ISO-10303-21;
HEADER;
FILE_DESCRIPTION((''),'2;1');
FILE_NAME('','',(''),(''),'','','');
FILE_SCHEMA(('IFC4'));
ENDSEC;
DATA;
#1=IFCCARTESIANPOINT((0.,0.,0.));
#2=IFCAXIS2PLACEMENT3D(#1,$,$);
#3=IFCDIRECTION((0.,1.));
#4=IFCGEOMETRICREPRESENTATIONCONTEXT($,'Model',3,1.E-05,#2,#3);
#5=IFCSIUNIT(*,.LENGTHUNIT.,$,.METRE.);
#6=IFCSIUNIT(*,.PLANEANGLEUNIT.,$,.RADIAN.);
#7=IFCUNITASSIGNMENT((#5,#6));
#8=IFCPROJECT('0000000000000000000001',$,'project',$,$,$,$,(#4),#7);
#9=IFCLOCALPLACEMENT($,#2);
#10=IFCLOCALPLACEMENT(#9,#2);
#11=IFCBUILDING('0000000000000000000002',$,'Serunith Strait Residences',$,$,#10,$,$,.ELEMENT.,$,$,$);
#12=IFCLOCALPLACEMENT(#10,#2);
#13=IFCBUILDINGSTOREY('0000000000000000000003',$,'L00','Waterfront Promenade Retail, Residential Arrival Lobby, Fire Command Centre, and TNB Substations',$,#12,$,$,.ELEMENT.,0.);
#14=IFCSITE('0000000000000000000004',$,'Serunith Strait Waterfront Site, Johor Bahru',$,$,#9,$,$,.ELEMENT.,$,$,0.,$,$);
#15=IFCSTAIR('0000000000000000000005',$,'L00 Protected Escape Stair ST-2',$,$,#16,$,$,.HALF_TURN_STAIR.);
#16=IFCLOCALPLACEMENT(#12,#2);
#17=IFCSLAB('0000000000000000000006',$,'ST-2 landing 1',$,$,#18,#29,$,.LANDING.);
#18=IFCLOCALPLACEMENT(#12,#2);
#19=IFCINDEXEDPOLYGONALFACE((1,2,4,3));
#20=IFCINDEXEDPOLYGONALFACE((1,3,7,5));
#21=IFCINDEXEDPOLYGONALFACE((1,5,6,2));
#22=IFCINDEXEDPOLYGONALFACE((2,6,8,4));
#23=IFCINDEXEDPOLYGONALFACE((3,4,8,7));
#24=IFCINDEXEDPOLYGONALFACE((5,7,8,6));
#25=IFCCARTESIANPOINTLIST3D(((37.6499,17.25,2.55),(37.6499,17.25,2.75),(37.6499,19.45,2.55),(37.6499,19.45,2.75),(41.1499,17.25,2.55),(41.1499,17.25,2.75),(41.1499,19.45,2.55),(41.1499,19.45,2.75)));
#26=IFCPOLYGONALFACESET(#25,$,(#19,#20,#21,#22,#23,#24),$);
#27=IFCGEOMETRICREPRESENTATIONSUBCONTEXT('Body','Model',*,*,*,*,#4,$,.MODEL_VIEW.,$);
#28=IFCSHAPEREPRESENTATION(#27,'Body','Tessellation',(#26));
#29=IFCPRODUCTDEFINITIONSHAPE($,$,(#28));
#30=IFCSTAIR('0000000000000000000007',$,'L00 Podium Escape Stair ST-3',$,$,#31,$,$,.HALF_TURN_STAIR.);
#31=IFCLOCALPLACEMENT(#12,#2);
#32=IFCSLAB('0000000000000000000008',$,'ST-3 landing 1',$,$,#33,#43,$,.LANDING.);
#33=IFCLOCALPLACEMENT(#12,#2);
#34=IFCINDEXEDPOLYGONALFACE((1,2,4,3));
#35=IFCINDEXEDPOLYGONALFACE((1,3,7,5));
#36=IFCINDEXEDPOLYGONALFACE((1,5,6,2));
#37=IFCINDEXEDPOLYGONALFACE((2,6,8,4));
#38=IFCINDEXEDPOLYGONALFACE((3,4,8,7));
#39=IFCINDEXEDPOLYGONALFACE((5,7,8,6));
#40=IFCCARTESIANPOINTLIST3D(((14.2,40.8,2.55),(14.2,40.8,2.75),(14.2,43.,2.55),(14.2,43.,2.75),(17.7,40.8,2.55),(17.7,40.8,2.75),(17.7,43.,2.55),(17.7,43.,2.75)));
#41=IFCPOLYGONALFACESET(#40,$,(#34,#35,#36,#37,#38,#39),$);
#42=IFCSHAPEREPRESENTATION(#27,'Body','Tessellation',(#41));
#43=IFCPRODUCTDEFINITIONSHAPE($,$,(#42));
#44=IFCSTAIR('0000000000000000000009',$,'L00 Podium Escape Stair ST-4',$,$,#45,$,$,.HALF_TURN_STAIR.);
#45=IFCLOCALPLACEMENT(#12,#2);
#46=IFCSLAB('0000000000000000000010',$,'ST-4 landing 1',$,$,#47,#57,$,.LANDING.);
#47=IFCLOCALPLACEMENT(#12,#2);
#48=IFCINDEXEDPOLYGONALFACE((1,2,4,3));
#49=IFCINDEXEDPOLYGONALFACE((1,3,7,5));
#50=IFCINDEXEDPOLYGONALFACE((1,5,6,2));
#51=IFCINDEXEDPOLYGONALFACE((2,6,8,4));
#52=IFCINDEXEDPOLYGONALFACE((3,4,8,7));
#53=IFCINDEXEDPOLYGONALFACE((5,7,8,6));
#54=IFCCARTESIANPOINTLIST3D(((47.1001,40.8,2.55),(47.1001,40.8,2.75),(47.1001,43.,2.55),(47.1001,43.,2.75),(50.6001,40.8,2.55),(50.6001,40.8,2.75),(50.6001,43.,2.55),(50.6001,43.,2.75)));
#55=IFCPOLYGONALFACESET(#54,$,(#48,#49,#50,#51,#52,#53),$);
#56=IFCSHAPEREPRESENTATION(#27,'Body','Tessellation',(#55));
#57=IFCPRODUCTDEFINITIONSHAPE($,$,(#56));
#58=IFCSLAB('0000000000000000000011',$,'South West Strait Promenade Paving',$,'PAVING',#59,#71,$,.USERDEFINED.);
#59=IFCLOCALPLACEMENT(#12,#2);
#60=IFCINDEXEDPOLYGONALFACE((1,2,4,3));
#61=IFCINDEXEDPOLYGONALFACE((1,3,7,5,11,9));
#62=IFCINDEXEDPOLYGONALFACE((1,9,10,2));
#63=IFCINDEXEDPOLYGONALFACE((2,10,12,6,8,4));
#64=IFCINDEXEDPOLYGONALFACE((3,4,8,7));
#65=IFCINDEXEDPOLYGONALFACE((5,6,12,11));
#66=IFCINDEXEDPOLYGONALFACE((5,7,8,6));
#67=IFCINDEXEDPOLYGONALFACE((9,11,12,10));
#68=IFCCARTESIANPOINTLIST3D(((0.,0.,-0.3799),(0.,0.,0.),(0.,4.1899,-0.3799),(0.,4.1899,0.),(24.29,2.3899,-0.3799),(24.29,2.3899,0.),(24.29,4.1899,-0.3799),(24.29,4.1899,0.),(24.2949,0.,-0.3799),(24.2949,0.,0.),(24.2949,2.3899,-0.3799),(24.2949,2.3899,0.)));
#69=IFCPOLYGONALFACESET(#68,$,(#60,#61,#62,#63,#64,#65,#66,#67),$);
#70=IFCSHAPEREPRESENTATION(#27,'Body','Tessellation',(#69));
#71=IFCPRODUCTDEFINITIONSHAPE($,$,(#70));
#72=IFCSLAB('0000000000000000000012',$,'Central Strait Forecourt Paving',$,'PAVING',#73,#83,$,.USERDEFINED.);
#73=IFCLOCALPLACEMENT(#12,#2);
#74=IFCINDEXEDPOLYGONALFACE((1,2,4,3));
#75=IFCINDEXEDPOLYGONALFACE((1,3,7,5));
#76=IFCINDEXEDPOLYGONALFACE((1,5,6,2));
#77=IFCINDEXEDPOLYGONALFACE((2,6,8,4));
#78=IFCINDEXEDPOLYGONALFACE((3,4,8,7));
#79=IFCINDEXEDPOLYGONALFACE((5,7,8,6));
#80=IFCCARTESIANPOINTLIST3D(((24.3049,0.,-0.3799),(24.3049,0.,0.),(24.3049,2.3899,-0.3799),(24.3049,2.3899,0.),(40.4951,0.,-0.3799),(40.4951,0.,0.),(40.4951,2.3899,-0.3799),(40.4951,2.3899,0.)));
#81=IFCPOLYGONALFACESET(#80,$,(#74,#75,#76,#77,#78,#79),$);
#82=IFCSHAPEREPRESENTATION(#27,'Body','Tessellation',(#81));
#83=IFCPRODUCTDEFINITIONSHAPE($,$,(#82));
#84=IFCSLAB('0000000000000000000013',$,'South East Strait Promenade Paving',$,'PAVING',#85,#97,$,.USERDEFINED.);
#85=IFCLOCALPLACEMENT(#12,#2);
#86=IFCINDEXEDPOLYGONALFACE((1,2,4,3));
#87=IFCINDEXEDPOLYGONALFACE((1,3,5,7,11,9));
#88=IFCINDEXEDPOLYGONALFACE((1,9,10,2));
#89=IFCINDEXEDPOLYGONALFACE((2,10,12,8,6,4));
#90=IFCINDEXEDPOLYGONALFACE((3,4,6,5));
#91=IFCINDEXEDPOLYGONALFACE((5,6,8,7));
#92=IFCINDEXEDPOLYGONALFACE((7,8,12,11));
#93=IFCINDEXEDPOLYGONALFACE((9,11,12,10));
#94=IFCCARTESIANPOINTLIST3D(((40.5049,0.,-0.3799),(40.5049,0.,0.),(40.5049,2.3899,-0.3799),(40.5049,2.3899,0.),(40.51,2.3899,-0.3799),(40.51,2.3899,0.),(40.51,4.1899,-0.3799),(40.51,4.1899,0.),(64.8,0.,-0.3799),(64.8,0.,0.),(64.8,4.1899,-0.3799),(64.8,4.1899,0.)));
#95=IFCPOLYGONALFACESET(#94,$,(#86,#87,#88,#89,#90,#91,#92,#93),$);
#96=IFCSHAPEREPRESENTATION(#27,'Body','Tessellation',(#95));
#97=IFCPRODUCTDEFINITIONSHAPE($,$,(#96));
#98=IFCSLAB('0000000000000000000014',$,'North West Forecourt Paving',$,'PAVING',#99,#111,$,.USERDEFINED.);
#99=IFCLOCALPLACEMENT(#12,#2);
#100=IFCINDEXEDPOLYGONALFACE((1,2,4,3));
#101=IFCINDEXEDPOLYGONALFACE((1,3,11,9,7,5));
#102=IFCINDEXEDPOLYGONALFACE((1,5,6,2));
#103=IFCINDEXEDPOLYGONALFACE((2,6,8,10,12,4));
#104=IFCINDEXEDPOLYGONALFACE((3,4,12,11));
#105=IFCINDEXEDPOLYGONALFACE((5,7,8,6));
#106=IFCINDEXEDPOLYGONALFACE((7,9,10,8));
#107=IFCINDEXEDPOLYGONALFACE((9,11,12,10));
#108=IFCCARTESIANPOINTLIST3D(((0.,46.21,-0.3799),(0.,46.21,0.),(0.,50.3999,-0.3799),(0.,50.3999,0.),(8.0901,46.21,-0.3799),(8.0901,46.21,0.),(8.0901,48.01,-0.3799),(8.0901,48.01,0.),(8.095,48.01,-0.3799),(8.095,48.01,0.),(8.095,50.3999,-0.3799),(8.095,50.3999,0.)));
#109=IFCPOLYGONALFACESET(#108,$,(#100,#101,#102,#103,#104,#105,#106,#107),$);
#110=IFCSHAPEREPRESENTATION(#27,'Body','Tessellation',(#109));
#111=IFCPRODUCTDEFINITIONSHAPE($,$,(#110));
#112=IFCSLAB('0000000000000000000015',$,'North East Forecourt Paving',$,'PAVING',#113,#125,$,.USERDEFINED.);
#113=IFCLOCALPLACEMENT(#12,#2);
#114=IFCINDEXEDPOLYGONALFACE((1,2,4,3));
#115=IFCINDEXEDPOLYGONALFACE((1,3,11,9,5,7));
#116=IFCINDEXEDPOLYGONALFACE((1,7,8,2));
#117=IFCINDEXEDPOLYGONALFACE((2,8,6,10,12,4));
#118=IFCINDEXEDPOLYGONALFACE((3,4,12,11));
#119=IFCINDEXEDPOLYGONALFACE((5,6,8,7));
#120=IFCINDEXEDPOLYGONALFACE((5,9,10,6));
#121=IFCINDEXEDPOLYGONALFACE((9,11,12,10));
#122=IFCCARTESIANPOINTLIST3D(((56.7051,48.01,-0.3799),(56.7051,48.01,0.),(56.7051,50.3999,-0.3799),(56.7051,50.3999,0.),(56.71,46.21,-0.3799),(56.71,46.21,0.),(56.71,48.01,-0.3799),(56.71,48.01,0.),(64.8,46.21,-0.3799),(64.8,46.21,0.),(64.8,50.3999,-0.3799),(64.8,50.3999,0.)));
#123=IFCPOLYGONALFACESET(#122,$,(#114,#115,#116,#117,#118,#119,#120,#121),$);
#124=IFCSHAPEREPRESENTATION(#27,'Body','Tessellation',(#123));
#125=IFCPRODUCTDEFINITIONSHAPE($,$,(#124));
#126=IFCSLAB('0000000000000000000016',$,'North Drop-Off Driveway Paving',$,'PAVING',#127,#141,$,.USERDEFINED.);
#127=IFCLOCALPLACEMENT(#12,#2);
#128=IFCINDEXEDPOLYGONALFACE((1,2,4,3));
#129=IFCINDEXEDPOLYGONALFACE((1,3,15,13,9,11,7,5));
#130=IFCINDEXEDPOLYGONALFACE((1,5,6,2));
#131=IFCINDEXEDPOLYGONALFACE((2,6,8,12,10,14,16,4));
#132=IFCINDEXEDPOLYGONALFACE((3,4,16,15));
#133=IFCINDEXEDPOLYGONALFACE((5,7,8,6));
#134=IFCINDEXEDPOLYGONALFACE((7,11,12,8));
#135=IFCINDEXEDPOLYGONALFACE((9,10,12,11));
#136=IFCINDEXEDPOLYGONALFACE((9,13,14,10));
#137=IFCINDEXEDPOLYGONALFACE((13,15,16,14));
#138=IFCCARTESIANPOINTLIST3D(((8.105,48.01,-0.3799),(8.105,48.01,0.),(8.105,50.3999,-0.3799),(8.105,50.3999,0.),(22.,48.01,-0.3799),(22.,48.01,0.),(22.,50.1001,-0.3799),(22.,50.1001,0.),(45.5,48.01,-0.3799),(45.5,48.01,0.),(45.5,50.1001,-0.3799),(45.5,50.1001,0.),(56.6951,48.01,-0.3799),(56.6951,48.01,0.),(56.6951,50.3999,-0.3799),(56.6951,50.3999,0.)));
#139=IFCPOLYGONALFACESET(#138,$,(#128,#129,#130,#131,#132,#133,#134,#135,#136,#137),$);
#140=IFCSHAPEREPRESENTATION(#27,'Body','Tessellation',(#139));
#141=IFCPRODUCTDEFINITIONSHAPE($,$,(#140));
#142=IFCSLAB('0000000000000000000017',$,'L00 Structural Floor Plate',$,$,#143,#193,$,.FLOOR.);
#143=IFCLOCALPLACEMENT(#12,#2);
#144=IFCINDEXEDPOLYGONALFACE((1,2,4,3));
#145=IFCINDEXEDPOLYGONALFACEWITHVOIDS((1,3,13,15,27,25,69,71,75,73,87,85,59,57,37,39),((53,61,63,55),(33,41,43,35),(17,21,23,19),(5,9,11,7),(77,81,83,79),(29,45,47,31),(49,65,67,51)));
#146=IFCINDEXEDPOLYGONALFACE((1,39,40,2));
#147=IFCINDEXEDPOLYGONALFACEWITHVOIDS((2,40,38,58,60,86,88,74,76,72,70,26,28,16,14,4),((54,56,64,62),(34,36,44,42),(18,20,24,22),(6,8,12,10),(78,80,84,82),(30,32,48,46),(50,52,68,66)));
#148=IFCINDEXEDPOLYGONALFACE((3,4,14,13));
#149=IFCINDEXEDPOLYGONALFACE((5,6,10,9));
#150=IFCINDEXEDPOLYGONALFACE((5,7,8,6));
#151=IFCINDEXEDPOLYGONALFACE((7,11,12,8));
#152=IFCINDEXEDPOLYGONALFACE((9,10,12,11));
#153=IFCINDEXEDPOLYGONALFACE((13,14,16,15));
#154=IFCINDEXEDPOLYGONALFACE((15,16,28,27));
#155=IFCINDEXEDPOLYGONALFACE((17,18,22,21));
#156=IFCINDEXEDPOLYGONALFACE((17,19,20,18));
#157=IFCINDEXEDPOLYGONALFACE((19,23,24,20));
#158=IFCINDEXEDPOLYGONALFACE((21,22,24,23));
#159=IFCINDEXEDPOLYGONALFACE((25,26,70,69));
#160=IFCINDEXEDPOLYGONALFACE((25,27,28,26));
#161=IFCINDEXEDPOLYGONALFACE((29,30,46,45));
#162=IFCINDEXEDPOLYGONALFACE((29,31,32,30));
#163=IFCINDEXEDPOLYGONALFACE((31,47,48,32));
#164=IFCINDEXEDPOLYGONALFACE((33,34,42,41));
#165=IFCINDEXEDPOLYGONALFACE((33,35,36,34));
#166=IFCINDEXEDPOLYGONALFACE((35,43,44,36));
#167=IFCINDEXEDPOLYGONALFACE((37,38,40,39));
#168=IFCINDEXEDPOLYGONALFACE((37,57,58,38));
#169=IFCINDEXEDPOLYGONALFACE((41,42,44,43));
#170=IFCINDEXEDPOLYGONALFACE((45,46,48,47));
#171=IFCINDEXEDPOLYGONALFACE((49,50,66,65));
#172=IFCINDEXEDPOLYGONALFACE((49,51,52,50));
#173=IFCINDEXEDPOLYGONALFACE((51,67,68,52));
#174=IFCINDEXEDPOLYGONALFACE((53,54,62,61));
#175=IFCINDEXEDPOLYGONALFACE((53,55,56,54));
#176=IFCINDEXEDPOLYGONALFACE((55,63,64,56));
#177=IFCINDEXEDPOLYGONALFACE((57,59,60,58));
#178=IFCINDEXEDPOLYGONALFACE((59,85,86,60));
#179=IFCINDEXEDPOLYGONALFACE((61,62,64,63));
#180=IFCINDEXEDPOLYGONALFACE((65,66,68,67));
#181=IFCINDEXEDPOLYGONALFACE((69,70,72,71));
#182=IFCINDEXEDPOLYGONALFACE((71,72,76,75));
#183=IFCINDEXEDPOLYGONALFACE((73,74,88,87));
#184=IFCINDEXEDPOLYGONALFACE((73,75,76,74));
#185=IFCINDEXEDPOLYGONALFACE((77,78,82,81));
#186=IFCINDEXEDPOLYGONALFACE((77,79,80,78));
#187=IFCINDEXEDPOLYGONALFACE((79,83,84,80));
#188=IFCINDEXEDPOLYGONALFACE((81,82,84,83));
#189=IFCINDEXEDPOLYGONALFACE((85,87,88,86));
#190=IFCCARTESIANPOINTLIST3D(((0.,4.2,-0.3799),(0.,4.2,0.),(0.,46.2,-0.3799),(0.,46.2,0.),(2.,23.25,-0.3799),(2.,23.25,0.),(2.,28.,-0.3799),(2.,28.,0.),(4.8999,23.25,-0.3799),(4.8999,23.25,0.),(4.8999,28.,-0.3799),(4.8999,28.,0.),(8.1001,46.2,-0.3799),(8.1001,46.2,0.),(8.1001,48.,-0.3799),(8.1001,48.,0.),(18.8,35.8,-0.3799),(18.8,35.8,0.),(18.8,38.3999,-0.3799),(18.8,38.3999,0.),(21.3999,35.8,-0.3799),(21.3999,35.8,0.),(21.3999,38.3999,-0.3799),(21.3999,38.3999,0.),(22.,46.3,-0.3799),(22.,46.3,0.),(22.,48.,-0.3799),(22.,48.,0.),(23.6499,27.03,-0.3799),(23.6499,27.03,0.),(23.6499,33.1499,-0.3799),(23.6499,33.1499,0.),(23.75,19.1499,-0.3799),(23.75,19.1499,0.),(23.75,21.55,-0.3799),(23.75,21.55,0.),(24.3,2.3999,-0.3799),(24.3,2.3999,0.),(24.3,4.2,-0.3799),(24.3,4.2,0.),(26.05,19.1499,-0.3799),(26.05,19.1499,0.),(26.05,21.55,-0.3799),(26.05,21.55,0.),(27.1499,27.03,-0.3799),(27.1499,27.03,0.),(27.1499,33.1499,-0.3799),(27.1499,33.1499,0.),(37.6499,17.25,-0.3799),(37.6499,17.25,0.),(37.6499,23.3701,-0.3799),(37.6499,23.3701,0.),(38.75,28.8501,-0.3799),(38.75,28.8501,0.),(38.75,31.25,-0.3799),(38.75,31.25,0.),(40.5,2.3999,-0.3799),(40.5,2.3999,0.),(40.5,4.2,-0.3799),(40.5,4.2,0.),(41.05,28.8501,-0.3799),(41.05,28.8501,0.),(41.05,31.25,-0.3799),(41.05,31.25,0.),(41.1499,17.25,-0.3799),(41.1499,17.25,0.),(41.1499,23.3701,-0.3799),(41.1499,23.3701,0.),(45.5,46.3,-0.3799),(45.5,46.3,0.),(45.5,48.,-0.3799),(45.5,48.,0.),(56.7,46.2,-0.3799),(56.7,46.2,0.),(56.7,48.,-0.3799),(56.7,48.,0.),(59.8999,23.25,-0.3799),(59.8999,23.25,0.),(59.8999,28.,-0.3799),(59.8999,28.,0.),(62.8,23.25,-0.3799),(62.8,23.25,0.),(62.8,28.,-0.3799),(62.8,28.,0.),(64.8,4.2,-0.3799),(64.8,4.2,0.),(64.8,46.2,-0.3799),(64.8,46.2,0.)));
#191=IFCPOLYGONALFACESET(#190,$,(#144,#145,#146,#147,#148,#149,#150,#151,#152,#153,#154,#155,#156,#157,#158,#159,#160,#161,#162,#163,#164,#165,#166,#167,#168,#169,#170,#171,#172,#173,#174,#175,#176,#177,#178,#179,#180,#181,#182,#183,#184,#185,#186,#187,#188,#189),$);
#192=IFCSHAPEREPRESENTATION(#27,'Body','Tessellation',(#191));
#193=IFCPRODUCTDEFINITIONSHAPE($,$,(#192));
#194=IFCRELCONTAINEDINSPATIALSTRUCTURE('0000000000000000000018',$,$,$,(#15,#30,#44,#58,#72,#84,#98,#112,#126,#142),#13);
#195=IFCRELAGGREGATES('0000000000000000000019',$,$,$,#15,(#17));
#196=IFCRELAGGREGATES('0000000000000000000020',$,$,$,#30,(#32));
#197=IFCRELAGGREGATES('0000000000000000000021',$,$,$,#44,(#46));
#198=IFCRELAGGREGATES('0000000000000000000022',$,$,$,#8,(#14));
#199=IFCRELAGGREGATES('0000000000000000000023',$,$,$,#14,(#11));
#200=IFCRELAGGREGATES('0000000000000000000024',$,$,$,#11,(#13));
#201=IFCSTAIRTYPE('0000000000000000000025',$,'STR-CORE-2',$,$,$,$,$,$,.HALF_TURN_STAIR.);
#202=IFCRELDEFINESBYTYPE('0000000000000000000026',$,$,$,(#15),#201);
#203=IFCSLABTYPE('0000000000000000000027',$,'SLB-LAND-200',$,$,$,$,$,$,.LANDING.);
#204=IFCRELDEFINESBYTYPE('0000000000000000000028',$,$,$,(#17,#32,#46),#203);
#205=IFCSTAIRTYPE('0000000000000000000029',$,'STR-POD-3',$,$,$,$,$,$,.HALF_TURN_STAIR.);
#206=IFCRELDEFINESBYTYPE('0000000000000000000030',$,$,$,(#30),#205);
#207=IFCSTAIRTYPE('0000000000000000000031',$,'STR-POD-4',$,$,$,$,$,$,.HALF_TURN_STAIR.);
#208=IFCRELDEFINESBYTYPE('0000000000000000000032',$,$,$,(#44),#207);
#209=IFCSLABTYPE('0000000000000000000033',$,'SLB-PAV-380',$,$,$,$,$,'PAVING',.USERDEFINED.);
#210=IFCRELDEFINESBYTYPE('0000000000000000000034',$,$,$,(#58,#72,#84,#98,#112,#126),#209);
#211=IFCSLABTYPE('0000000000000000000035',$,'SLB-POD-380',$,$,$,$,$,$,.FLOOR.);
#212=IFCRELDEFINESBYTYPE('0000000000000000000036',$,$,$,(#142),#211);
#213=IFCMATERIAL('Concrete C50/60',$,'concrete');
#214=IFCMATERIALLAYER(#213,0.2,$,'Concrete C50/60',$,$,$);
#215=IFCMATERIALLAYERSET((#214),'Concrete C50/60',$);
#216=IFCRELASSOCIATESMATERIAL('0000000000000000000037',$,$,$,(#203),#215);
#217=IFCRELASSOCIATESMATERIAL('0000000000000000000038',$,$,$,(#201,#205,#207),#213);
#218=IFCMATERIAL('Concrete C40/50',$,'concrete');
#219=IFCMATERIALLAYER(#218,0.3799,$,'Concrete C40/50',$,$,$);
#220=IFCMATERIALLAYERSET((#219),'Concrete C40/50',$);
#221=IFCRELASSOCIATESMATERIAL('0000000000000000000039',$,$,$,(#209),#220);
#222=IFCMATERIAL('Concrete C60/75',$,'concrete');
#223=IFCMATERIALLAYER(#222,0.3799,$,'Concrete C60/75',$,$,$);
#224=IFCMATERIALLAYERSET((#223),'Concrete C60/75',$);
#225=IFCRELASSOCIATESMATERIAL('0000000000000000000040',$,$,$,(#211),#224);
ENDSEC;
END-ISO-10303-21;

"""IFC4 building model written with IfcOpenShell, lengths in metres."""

from ifc_helpers import new_model, si_unit, direction, frame, origin, place, context, subcontext, project, spatial, polyline, outline, extrude, material, layer, layer_set, type_object, element, aggregate, save


model = new_model("IFC4")

# Units and contexts
model_context = context("Model", 3, precision=1e-05, world=origin(), true_north=direction((0.0, 1.0)))
body_context = subcontext(model_context, "Body", "Model", "MODEL_VIEW")
ifc_project = project(units=[si_unit("LENGTHUNIT", "METRE"), si_unit("PLANEANGLEUNIT", "RADIAN")], contexts=[model_context])

# Site, building, storey
site_placement = place(None, origin())
site = spatial("IfcSite", under=ifc_project, at=site_placement, Name="Serunith Strait Waterfront Site, Johor Bahru", CompositionType="ELEMENT", RefElevation=0.0)
building_placement = place(site_placement, origin())
building = spatial("IfcBuilding", under=site, at=building_placement, Name="Serunith Strait Residences", CompositionType="ELEMENT")
storey_placement = place(building_placement, origin())
storey = spatial("IfcBuildingStorey", under=building, at=storey_placement, Name="L00", Description="Waterfront Promenade Retail, Residential Arrival Lobby, Fire Command Centre, and TNB Substations", CompositionType="ELEMENT", Elevation=0.0)

# Stairs, slabs
ifc_material_1 = material(Name="Concrete C50/60", Category="concrete")
ifc_layer_1 = layer(ifc_material_1, 0.2, Name="Concrete C50/60")
ifc_layer_set_1 = layer_set([ifc_layer_1], Name="Concrete C50/60")
slab_type_1 = type_object("IfcSlabType", Name="SLB-LAND-200", PredefinedType="LANDING", material=ifc_layer_set_1)
stair_type_1 = type_object("IfcStairType", Name="STR-CORE-2", PredefinedType="HALF_TURN_STAIR", material=ifc_material_1)
stair_1_placement = place(storey_placement, origin())
stair_1 = element("IfcStair", 1, at=stair_1_placement, inside=storey, type_object=stair_type_1, Name="L00 Protected Escape Stair ST-2", PredefinedType="HALF_TURN_STAIR")
slab_1_placement = place(storey_placement, frame((0.0, 0.0, 2.55)))
slab_1 = element("IfcSlab", 2, at=slab_1_placement, type_object=slab_type_1, Name="ST-2 landing 1", PredefinedType="LANDING", context=body_context, shape_type="SweptSolid", body=[
    extrude(outline(polyline([(37.6499, 19.45), (37.6499, 17.25), (41.1499, 17.25), (41.1499, 19.45), (37.6499, 19.45)])), origin(), (0.0, 0.0, 1.0), 0.2),
])
aggregate(stair_1, [slab_1])
stair_type_2 = type_object("IfcStairType", Name="STR-POD-3", PredefinedType="HALF_TURN_STAIR", material=ifc_material_1)
stair_2_placement = place(storey_placement, origin())
stair_2 = element("IfcStair", 3, at=stair_2_placement, inside=storey, type_object=stair_type_2, Name="L00 Podium Escape Stair ST-3", PredefinedType="HALF_TURN_STAIR")
slab_2_placement = place(storey_placement, frame((0.0, 0.0, 2.55)))
slab_2 = element("IfcSlab", 4, at=slab_2_placement, type_object=slab_type_1, Name="ST-3 landing 1", PredefinedType="LANDING", context=body_context, shape_type="SweptSolid", body=[
    extrude(outline(polyline([(17.7, 40.8), (17.7, 43.0), (14.2, 43.0), (14.2, 40.8), (17.7, 40.8)])), origin(), (0.0, 0.0, 1.0), 0.2),
])
aggregate(stair_2, [slab_2])
stair_type_3 = type_object("IfcStairType", Name="STR-POD-4", PredefinedType="HALF_TURN_STAIR", material=ifc_material_1)
stair_3_placement = place(storey_placement, origin())
stair_3 = element("IfcStair", 5, at=stair_3_placement, inside=storey, type_object=stair_type_3, Name="L00 Podium Escape Stair ST-4", PredefinedType="HALF_TURN_STAIR")
slab_3_placement = place(storey_placement, frame((0.0, 0.0, 2.55)))
slab_3 = element("IfcSlab", 6, at=slab_3_placement, type_object=slab_type_1, Name="ST-4 landing 1", PredefinedType="LANDING", context=body_context, shape_type="SweptSolid", body=[
    extrude(outline(polyline([(50.6001, 40.8), (50.6001, 43.0), (47.1001, 43.0), (47.1001, 40.8), (50.6001, 40.8)])), origin(), (0.0, 0.0, 1.0), 0.2),
])
aggregate(stair_3, [slab_3])

# Slabs
ifc_material_2 = material(Name="Concrete C40/50", Category="concrete")
ifc_layer_2 = layer(ifc_material_2, 0.3799, Name="Concrete C40/50")
ifc_layer_set_2 = layer_set([ifc_layer_2], Name="Concrete C40/50")
slab_type_2 = type_object("IfcSlabType", Name="SLB-PAV-380", ElementType="PAVING", PredefinedType="USERDEFINED", material=ifc_layer_set_2)
slab_4_placement = place(storey_placement, frame((0.0, 0.0, -0.3799)))
element("IfcSlab", 7, at=slab_4_placement, inside=storey, type_object=slab_type_2, Name="South West Strait Promenade Paving", ObjectType="PAVING", PredefinedType="USERDEFINED", context=body_context, shape_type="SweptSolid", body=[
    extrude(outline(polyline([(0.0, 0.0), (0.0, 4.1899), (24.29, 4.1899), (24.29, 2.3899), (24.2949, 2.3899), (24.2949, 0.0), (0.0, 0.0)])), origin(), (0.0, 0.0, 1.0), 0.3799),
])
slab_5_placement = place(storey_placement, frame((0.0, 0.0, -0.3799)))
element("IfcSlab", 8, at=slab_5_placement, inside=storey, type_object=slab_type_2, Name="Central Strait Forecourt Paving", ObjectType="PAVING", PredefinedType="USERDEFINED", context=body_context, shape_type="SweptSolid", body=[
    extrude(outline(polyline([(24.3049, 0.0), (24.3049, 2.3899), (40.4951, 2.3899), (40.4951, 0.0), (24.3049, 0.0)])), origin(), (0.0, 0.0, 1.0), 0.3799),
])
slab_6_placement = place(storey_placement, frame((0.0, 0.0, -0.3799)))
element("IfcSlab", 9, at=slab_6_placement, inside=storey, type_object=slab_type_2, Name="South East Strait Promenade Paving", ObjectType="PAVING", PredefinedType="USERDEFINED", context=body_context, shape_type="SweptSolid", body=[
    extrude(outline(polyline([(40.5049, 0.0), (40.5049, 2.3899), (40.51, 2.3899), (40.51, 4.1899), (64.8, 4.1899), (64.8, 0.0), (40.5049, 0.0)])), origin(), (0.0, 0.0, 1.0), 0.3799),
])
slab_7_placement = place(storey_placement, frame((0.0, 0.0, -0.3799)))
element("IfcSlab", 10, at=slab_7_placement, inside=storey, type_object=slab_type_2, Name="North West Forecourt Paving", ObjectType="PAVING", PredefinedType="USERDEFINED", context=body_context, shape_type="SweptSolid", body=[
    extrude(outline(polyline([(8.095, 50.3999), (8.095, 48.01), (8.0901, 48.01), (8.0901, 46.21), (0.0, 46.21), (0.0, 50.3999), (8.095, 50.3999)])), origin(), (0.0, 0.0, 1.0), 0.3799),
])
slab_8_placement = place(storey_placement, frame((0.0, 0.0, -0.3799)))
element("IfcSlab", 11, at=slab_8_placement, inside=storey, type_object=slab_type_2, Name="North East Forecourt Paving", ObjectType="PAVING", PredefinedType="USERDEFINED", context=body_context, shape_type="SweptSolid", body=[
    extrude(outline(polyline([(64.8, 50.3999), (64.8, 46.21), (56.71, 46.21), (56.71, 48.01), (56.7051, 48.01), (56.7051, 50.3999), (64.8, 50.3999)])), origin(), (0.0, 0.0, 1.0), 0.3799),
])
slab_9_placement = place(storey_placement, frame((0.0, 0.0, -0.3799)))
element("IfcSlab", 12, at=slab_9_placement, inside=storey, type_object=slab_type_2, Name="North Drop-Off Driveway Paving", ObjectType="PAVING", PredefinedType="USERDEFINED", context=body_context, shape_type="SweptSolid", body=[
    extrude(outline(polyline([(56.6951, 50.3999), (56.6951, 48.01), (45.5, 48.01), (45.5, 50.1001), (22.0, 50.1001), (22.0, 48.01), (8.105, 48.01), (8.105, 50.3999), (56.6951, 50.3999)])), origin(), (0.0, 0.0, 1.0), 0.3799),
])
ifc_material_3 = material(Name="Concrete C60/75", Category="concrete")
ifc_layer_3 = layer(ifc_material_3, 0.3799, Name="Concrete C60/75")
ifc_layer_set_3 = layer_set([ifc_layer_3], Name="Concrete C60/75")
slab_type_3 = type_object("IfcSlabType", Name="SLB-POD-380", PredefinedType="FLOOR", material=ifc_layer_set_3)
slab_10_placement = place(storey_placement, frame((0.0, 0.0, -0.3799)))
element("IfcSlab", 13, at=slab_10_placement, inside=storey, type_object=slab_type_3, Name="L00 Structural Floor Plate", PredefinedType="FLOOR", context=body_context, shape_type="SweptSolid", body=[
    extrude(outline(polyline([(56.7, 48.0), (56.7, 46.2), (64.8, 46.2), (64.8, 4.2), (40.5, 4.2), (40.5, 2.3999), (24.3, 2.3999), (24.3, 4.2), (0.0, 4.2), (0.0, 46.2), (8.1001, 46.2), (8.1001, 48.0), (22.0, 48.0), (22.0, 46.3), (45.5, 46.3), (45.5, 48.0), (56.7, 48.0)]), holes=[polyline([(59.8999, 28.0), (59.8999, 23.25), (62.8, 23.25), (62.8, 28.0), (59.8999, 28.0)]), polyline([(41.1499, 17.25), (41.1499, 23.3701), (37.6499, 23.3701), (37.6499, 17.25), (41.1499, 17.25)]), polyline([(41.05, 31.25), (38.75, 31.25), (38.75, 28.8501), (41.05, 28.8501), (41.05, 31.25)]), polyline([(23.6499, 33.1499), (23.6499, 27.03), (27.1499, 27.03), (27.1499, 33.1499), (23.6499, 33.1499)]), polyline([(26.05, 21.55), (23.75, 21.55), (23.75, 19.1499), (26.05, 19.1499), (26.05, 21.55)]), polyline([(21.3999, 38.3999), (18.8, 38.3999), (18.8, 35.8), (21.3999, 35.8), (21.3999, 38.3999)]), polyline([(2.0, 28.0), (2.0, 23.25), (4.8999, 23.25), (4.8999, 28.0), (2.0, 28.0)])]), origin(), (0.0, 0.0, 1.0), 0.3799),
])

save(model, "model.ifc")
